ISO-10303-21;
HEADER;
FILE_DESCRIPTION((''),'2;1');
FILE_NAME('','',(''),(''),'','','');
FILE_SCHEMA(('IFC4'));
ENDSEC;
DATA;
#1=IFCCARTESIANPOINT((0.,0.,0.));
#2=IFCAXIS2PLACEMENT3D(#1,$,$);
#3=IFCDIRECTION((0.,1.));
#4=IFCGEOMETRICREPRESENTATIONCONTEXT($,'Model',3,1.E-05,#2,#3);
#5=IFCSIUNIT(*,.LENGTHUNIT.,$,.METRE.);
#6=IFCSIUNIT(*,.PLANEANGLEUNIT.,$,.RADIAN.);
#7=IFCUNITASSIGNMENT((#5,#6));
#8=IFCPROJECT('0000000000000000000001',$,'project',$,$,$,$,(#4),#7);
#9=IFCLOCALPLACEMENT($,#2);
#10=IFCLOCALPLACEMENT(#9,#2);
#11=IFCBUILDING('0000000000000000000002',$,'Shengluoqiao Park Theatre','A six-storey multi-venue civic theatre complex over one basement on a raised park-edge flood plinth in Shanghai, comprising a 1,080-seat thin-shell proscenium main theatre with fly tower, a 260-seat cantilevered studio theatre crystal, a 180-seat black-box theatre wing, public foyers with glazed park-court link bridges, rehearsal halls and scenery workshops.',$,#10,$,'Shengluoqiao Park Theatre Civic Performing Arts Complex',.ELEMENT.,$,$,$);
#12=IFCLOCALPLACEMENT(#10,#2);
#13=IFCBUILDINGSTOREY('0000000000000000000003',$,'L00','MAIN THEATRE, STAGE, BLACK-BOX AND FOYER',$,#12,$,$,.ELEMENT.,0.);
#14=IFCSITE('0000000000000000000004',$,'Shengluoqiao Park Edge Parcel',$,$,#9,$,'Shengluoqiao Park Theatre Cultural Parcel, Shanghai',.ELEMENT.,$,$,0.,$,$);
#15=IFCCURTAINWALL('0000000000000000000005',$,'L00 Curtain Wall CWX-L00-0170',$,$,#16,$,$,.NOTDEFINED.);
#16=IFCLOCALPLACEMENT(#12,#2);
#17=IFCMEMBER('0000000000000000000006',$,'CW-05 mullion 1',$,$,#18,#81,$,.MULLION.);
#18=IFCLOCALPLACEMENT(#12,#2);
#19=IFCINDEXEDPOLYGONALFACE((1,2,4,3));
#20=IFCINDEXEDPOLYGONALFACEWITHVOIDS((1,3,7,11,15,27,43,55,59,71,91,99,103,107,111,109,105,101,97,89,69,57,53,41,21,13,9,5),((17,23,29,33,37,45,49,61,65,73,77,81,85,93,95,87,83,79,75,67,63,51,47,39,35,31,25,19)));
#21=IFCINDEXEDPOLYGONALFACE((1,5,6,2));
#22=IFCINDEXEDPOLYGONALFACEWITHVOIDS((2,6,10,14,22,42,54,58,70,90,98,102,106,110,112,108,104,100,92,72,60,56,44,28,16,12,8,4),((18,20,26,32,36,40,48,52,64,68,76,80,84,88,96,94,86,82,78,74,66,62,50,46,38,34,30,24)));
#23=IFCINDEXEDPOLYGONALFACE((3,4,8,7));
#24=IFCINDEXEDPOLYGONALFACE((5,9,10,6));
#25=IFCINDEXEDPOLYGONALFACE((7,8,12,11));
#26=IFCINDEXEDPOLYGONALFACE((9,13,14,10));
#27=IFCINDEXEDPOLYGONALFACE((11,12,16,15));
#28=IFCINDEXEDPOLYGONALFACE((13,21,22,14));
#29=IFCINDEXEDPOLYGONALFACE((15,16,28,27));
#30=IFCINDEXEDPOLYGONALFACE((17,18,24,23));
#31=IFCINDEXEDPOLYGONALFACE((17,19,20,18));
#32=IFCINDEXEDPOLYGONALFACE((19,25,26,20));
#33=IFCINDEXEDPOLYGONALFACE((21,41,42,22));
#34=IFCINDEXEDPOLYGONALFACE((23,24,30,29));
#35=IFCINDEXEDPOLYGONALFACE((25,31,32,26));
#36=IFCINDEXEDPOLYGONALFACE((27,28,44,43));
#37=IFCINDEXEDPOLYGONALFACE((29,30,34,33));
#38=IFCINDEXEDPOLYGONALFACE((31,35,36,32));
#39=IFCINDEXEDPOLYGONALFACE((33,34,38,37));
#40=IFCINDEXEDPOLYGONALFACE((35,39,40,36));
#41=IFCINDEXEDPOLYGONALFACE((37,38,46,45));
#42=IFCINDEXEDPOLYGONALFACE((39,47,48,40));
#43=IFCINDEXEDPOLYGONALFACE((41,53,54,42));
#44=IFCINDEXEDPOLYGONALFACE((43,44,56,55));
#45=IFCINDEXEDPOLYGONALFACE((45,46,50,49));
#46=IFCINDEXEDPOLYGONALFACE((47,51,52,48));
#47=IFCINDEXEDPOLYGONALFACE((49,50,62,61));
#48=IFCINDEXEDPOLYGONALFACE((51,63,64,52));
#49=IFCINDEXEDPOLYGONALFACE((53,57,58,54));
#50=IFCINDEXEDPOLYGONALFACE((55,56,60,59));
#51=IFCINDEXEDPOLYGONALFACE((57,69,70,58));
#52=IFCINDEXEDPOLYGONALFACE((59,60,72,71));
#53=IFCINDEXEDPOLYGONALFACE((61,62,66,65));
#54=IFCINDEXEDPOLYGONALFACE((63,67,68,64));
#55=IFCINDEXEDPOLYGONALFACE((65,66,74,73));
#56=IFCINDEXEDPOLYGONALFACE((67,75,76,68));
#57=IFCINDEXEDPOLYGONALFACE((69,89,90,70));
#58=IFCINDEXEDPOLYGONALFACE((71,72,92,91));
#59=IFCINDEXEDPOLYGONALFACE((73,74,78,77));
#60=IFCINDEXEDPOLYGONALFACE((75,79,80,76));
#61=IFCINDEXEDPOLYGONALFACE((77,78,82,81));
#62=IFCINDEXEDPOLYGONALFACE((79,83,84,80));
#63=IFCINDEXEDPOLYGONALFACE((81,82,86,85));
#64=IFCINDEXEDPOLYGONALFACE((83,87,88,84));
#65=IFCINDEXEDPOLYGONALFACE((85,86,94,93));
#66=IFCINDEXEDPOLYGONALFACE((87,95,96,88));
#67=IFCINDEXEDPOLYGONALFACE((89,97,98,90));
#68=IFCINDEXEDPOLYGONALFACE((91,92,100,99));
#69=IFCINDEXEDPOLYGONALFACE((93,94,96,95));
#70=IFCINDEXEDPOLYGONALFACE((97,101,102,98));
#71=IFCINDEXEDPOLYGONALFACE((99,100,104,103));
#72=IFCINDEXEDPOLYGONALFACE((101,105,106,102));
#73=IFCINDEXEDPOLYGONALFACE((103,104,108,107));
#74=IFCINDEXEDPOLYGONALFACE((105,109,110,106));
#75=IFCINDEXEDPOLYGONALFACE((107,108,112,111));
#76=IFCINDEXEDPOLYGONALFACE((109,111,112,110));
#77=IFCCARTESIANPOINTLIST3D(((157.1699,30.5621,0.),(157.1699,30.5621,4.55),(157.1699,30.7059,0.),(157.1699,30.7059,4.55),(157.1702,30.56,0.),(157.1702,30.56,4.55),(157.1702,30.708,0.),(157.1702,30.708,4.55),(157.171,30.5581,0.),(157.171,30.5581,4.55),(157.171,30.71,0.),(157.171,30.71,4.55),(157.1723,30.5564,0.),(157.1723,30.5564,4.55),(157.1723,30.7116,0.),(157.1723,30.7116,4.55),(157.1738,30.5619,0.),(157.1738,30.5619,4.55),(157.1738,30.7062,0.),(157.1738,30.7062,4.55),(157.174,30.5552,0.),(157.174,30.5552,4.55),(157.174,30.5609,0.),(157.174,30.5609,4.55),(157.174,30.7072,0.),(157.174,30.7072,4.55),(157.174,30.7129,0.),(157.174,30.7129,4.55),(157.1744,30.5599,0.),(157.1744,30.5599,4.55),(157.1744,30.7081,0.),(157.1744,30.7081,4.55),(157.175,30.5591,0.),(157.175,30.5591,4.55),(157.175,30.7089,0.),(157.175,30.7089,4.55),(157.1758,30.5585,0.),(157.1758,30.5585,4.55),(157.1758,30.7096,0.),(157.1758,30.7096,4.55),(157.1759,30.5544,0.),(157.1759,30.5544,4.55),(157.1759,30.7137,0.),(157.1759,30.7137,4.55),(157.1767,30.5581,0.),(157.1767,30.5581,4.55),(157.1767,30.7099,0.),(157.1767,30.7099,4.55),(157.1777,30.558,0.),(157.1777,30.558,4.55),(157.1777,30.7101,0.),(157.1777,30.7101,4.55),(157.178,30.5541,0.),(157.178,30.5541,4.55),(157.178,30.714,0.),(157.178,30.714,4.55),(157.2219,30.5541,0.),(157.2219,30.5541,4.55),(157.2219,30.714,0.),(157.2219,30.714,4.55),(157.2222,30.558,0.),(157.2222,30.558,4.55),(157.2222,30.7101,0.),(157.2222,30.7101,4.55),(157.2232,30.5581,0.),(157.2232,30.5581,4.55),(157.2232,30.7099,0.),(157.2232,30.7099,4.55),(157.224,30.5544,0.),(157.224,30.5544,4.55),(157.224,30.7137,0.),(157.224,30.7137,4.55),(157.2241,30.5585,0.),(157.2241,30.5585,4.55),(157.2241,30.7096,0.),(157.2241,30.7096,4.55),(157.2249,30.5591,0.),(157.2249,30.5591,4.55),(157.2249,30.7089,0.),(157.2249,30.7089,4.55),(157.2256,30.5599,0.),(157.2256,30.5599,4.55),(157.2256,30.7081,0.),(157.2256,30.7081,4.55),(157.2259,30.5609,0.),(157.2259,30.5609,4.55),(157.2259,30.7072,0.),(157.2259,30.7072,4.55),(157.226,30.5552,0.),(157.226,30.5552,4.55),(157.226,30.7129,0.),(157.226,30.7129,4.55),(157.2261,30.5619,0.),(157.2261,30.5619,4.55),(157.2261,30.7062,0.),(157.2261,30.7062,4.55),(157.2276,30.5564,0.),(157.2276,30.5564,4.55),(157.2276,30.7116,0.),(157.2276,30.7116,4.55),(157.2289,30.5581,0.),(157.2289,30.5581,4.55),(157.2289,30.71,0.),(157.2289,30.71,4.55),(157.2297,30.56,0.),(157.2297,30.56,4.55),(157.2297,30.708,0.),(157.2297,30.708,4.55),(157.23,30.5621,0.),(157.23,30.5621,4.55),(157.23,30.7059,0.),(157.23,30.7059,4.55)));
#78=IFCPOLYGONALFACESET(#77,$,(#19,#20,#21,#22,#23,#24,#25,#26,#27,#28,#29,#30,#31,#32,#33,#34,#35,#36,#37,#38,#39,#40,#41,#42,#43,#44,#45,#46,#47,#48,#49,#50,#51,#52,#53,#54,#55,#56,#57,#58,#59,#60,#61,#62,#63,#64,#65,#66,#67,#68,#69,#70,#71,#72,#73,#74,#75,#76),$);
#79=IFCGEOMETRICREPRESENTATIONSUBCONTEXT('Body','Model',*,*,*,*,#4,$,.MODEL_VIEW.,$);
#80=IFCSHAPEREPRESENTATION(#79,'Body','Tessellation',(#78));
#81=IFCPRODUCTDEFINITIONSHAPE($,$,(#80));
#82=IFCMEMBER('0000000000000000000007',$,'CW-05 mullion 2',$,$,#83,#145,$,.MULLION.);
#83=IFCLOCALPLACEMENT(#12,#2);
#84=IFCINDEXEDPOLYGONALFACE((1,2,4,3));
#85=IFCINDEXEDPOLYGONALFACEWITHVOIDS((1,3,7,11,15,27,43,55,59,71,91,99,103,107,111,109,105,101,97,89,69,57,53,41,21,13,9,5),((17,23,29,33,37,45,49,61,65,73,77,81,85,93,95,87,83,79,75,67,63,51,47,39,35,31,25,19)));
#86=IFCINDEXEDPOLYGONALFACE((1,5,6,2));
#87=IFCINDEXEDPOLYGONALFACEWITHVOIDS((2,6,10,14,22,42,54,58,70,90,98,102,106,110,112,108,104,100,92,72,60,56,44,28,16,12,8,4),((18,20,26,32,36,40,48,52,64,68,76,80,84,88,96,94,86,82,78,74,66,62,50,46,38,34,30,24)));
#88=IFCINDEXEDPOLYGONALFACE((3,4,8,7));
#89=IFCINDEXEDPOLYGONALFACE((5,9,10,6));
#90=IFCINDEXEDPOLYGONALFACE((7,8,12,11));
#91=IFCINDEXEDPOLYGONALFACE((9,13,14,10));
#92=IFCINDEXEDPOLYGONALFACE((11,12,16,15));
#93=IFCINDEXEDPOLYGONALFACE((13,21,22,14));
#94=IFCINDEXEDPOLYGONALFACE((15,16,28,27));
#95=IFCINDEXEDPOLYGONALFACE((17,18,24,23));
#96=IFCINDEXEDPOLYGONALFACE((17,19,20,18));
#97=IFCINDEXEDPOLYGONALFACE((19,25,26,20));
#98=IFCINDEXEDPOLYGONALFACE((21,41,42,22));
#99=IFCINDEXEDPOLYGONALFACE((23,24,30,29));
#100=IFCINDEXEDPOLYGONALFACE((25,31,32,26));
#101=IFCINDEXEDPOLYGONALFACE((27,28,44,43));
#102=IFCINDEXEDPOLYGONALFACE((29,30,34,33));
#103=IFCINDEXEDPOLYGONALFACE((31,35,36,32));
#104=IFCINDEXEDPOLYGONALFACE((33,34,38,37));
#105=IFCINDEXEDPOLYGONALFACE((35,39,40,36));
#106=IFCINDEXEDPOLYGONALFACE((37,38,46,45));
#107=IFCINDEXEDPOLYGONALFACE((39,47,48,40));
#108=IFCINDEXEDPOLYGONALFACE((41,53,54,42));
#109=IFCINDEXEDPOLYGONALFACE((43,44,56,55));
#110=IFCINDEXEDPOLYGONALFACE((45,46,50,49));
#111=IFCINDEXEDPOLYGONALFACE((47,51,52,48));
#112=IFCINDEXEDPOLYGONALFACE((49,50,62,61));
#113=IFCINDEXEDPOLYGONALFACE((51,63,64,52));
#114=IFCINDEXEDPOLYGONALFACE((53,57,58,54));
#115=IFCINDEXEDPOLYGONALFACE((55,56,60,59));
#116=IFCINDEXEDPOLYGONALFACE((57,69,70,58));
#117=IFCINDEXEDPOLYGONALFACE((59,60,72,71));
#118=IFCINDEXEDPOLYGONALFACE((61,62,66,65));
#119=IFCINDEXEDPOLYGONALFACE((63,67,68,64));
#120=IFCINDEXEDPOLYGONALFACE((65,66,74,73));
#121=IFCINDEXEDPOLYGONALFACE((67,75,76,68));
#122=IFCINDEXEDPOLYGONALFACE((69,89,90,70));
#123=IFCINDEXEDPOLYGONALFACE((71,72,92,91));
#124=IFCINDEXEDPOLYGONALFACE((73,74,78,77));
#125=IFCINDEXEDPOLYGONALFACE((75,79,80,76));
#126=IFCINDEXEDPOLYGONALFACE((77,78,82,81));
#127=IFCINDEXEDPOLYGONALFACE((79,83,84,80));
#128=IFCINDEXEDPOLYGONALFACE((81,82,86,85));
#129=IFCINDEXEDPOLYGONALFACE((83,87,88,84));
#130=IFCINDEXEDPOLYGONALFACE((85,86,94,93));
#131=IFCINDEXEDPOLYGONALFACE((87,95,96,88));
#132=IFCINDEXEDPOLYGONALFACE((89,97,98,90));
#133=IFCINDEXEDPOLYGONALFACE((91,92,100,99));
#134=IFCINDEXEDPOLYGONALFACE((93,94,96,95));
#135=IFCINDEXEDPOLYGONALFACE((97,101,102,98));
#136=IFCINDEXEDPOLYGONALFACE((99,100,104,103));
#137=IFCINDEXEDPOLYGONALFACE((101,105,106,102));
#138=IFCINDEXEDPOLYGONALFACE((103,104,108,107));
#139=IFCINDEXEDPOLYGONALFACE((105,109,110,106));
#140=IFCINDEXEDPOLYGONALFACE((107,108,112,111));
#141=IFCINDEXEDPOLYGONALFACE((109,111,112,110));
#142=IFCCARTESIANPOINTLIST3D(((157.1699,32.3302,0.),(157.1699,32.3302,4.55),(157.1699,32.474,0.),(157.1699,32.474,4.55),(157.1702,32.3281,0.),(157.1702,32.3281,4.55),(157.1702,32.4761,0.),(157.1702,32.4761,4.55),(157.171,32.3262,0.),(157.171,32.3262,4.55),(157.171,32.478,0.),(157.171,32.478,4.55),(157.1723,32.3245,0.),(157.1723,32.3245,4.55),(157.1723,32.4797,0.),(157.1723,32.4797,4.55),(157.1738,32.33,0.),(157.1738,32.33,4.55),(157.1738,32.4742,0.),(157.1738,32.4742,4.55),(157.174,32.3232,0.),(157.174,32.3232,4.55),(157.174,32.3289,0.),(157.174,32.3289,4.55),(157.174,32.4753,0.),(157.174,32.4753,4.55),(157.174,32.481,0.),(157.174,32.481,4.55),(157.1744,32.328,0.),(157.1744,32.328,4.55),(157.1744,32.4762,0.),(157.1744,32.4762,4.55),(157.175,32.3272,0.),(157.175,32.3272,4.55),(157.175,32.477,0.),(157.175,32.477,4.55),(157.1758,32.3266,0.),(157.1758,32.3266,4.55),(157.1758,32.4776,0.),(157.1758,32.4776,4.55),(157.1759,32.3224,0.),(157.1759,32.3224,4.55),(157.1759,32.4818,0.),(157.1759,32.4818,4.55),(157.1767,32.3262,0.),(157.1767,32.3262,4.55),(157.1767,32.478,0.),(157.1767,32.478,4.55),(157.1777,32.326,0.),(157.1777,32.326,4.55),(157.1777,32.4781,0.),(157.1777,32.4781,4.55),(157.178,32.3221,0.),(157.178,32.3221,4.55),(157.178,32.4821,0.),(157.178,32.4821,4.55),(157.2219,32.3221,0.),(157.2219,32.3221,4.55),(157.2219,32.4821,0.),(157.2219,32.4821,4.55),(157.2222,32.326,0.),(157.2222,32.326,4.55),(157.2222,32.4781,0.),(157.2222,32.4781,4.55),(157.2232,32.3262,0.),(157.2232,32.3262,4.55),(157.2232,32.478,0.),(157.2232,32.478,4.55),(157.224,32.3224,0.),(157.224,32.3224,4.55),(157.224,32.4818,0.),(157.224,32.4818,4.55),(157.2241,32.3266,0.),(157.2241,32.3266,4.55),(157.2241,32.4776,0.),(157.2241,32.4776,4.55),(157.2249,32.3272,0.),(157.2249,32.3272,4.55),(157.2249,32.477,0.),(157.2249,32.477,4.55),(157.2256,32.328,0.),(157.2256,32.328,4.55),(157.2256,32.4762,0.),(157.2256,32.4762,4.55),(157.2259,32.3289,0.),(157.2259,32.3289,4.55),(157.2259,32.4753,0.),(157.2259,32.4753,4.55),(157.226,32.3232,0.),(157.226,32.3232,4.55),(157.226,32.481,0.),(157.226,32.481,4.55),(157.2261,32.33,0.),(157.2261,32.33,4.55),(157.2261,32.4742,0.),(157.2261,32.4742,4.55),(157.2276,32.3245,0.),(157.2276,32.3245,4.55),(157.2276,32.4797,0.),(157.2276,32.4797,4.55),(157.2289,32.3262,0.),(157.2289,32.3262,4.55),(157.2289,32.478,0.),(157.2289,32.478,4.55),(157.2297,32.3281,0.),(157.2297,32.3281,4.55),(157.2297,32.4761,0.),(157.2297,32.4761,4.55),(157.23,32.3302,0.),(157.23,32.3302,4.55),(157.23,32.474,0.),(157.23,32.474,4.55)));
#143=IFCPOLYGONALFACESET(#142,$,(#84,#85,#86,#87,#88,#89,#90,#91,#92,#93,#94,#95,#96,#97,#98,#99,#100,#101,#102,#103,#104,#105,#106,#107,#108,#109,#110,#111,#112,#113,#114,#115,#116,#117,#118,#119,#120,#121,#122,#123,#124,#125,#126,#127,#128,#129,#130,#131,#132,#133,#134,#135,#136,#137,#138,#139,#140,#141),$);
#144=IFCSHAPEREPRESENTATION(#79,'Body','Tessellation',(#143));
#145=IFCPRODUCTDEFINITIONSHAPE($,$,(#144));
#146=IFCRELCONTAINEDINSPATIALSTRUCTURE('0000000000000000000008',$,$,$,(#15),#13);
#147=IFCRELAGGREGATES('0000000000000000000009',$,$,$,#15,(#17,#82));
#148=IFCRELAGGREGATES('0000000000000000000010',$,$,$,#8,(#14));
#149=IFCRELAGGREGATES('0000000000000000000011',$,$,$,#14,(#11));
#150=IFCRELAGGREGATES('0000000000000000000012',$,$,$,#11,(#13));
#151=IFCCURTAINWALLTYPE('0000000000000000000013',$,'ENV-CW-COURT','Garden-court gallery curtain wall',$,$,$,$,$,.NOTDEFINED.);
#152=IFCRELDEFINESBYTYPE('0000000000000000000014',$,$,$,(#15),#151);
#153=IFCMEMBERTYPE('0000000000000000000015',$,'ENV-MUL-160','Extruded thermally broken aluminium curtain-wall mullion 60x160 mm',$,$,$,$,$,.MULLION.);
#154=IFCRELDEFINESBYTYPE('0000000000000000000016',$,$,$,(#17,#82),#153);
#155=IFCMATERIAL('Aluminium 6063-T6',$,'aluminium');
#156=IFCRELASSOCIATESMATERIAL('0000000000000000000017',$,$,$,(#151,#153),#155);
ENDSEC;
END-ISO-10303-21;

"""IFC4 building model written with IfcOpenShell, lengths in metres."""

from ifc_helpers import new_model, si_unit, direction, frame, origin, origin_2d, place, context, subcontext, project, spatial, hollow_rectangle, extrude, material, material_profile, profile_set, type_object, element, aggregate, save


model = new_model("IFC4")

# Units and contexts
model_context = context("Model", 3, precision=1e-05, world=origin(), true_north=direction((0.0, 1.0)))
body_context = subcontext(model_context, "Body", "Model", "MODEL_VIEW")
ifc_project = project(units=[si_unit("LENGTHUNIT", "METRE"), si_unit("PLANEANGLEUNIT", "RADIAN")], contexts=[model_context])

# Site, building, storey
site_placement = place(None, origin())
site = spatial("IfcSite", under=ifc_project, at=site_placement, Name="Shengluoqiao Park Edge Parcel", LongName="Shengluoqiao Park Theatre Cultural Parcel, Shanghai", CompositionType="ELEMENT", RefElevation=0.0)
building_placement = place(site_placement, origin())
building = spatial("IfcBuilding", under=site, at=building_placement, Name="Shengluoqiao Park Theatre", Description="A six-storey multi-venue civic theatre complex over one basement on a raised park-edge flood plinth in Shanghai, comprising a 1,080-seat thin-shell proscenium main theatre with fly tower, a 260-seat cantilevered studio theatre crystal, a 180-seat black-box theatre wing, public foyers with glazed park-court link bridges, rehearsal halls and scenery workshops.", LongName="Shengluoqiao Park Theatre Civic Performing Arts Complex", CompositionType="ELEMENT")
storey_placement = place(building_placement, origin())
storey = spatial("IfcBuildingStorey", under=building, at=storey_placement, Name="L00", Description="MAIN THEATRE, STAGE, BLACK-BOX AND FOYER", CompositionType="ELEMENT", Elevation=0.0)

# Shared definitions
ifc_material_1 = material(Name="Aluminium 6063-T6", Category="aluminium")
curtain_wall_type = type_object("IfcCurtainWallType", Name="ENV-CW-COURT", Description="Garden-court gallery curtain wall", PredefinedType="NOTDEFINED", material=ifc_material_1)
ifc_material_profile_1 = material_profile(ifc_material_1, hollow_rectangle(XDim=0.0601, YDim=0.1599, WallThickness=0.0039, InnerFilletRadius=0.0039, OuterFilletRadius=0.0081, at=origin_2d()), Name="ALU MULLION 160x60x4")
ifc_profile_set_1 = profile_set([ifc_material_profile_1], Name="Aluminium 6063-T6")
member_type_1 = type_object("IfcMemberType", Name="ENV-MUL-160", Description="Extruded thermally broken aluminium curtain-wall mullion 60x160 mm", PredefinedType="MULLION", material=ifc_profile_set_1)

# Curtain wall, members
curtain_wall_1_placement = place(storey_placement, origin())
curtain_wall_1 = element("IfcCurtainWall", 1, at=curtain_wall_1_placement, inside=storey, type_object=curtain_wall_type, Name="L00 Curtain Wall CWX-L00-0170", PredefinedType="NOTDEFINED")
member_1_placement = place(storey_placement, frame((157.2, 30.634, 0.0), z_axis=(0.0, 0.0, 1.0), x_axis=(-1.0, 0.0, 0.0)))
member_1 = element("IfcMember", 2, at=member_1_placement, type_object=member_type_1, Name="CW-05 mullion 1", PredefinedType="MULLION", context=body_context, shape_type="SweptSolid", body=[
    extrude(hollow_rectangle(XDim=0.0601, YDim=0.1599, WallThickness=0.0039, InnerFilletRadius=0.0039, OuterFilletRadius=0.0081, at=origin_2d()), origin(), (0.0, 0.0, 1.0), 4.55),
])
member_2_placement = place(storey_placement, frame((157.2, 32.4021, 0.0), z_axis=(0.0, 0.0, 1.0), x_axis=(-1.0, 0.0, 0.0)))
member_2 = element("IfcMember", 3, at=member_2_placement, type_object=member_type_1, Name="CW-05 mullion 2", PredefinedType="MULLION", context=body_context, shape_type="SweptSolid", body=[
    extrude(hollow_rectangle(XDim=0.0601, YDim=0.1599, WallThickness=0.0039, InnerFilletRadius=0.0039, OuterFilletRadius=0.0081, at=origin_2d()), origin(), (0.0, 0.0, 1.0), 4.55),
])

aggregate(curtain_wall_1, [member_1, member_2])

save(model, "model.ifc")
